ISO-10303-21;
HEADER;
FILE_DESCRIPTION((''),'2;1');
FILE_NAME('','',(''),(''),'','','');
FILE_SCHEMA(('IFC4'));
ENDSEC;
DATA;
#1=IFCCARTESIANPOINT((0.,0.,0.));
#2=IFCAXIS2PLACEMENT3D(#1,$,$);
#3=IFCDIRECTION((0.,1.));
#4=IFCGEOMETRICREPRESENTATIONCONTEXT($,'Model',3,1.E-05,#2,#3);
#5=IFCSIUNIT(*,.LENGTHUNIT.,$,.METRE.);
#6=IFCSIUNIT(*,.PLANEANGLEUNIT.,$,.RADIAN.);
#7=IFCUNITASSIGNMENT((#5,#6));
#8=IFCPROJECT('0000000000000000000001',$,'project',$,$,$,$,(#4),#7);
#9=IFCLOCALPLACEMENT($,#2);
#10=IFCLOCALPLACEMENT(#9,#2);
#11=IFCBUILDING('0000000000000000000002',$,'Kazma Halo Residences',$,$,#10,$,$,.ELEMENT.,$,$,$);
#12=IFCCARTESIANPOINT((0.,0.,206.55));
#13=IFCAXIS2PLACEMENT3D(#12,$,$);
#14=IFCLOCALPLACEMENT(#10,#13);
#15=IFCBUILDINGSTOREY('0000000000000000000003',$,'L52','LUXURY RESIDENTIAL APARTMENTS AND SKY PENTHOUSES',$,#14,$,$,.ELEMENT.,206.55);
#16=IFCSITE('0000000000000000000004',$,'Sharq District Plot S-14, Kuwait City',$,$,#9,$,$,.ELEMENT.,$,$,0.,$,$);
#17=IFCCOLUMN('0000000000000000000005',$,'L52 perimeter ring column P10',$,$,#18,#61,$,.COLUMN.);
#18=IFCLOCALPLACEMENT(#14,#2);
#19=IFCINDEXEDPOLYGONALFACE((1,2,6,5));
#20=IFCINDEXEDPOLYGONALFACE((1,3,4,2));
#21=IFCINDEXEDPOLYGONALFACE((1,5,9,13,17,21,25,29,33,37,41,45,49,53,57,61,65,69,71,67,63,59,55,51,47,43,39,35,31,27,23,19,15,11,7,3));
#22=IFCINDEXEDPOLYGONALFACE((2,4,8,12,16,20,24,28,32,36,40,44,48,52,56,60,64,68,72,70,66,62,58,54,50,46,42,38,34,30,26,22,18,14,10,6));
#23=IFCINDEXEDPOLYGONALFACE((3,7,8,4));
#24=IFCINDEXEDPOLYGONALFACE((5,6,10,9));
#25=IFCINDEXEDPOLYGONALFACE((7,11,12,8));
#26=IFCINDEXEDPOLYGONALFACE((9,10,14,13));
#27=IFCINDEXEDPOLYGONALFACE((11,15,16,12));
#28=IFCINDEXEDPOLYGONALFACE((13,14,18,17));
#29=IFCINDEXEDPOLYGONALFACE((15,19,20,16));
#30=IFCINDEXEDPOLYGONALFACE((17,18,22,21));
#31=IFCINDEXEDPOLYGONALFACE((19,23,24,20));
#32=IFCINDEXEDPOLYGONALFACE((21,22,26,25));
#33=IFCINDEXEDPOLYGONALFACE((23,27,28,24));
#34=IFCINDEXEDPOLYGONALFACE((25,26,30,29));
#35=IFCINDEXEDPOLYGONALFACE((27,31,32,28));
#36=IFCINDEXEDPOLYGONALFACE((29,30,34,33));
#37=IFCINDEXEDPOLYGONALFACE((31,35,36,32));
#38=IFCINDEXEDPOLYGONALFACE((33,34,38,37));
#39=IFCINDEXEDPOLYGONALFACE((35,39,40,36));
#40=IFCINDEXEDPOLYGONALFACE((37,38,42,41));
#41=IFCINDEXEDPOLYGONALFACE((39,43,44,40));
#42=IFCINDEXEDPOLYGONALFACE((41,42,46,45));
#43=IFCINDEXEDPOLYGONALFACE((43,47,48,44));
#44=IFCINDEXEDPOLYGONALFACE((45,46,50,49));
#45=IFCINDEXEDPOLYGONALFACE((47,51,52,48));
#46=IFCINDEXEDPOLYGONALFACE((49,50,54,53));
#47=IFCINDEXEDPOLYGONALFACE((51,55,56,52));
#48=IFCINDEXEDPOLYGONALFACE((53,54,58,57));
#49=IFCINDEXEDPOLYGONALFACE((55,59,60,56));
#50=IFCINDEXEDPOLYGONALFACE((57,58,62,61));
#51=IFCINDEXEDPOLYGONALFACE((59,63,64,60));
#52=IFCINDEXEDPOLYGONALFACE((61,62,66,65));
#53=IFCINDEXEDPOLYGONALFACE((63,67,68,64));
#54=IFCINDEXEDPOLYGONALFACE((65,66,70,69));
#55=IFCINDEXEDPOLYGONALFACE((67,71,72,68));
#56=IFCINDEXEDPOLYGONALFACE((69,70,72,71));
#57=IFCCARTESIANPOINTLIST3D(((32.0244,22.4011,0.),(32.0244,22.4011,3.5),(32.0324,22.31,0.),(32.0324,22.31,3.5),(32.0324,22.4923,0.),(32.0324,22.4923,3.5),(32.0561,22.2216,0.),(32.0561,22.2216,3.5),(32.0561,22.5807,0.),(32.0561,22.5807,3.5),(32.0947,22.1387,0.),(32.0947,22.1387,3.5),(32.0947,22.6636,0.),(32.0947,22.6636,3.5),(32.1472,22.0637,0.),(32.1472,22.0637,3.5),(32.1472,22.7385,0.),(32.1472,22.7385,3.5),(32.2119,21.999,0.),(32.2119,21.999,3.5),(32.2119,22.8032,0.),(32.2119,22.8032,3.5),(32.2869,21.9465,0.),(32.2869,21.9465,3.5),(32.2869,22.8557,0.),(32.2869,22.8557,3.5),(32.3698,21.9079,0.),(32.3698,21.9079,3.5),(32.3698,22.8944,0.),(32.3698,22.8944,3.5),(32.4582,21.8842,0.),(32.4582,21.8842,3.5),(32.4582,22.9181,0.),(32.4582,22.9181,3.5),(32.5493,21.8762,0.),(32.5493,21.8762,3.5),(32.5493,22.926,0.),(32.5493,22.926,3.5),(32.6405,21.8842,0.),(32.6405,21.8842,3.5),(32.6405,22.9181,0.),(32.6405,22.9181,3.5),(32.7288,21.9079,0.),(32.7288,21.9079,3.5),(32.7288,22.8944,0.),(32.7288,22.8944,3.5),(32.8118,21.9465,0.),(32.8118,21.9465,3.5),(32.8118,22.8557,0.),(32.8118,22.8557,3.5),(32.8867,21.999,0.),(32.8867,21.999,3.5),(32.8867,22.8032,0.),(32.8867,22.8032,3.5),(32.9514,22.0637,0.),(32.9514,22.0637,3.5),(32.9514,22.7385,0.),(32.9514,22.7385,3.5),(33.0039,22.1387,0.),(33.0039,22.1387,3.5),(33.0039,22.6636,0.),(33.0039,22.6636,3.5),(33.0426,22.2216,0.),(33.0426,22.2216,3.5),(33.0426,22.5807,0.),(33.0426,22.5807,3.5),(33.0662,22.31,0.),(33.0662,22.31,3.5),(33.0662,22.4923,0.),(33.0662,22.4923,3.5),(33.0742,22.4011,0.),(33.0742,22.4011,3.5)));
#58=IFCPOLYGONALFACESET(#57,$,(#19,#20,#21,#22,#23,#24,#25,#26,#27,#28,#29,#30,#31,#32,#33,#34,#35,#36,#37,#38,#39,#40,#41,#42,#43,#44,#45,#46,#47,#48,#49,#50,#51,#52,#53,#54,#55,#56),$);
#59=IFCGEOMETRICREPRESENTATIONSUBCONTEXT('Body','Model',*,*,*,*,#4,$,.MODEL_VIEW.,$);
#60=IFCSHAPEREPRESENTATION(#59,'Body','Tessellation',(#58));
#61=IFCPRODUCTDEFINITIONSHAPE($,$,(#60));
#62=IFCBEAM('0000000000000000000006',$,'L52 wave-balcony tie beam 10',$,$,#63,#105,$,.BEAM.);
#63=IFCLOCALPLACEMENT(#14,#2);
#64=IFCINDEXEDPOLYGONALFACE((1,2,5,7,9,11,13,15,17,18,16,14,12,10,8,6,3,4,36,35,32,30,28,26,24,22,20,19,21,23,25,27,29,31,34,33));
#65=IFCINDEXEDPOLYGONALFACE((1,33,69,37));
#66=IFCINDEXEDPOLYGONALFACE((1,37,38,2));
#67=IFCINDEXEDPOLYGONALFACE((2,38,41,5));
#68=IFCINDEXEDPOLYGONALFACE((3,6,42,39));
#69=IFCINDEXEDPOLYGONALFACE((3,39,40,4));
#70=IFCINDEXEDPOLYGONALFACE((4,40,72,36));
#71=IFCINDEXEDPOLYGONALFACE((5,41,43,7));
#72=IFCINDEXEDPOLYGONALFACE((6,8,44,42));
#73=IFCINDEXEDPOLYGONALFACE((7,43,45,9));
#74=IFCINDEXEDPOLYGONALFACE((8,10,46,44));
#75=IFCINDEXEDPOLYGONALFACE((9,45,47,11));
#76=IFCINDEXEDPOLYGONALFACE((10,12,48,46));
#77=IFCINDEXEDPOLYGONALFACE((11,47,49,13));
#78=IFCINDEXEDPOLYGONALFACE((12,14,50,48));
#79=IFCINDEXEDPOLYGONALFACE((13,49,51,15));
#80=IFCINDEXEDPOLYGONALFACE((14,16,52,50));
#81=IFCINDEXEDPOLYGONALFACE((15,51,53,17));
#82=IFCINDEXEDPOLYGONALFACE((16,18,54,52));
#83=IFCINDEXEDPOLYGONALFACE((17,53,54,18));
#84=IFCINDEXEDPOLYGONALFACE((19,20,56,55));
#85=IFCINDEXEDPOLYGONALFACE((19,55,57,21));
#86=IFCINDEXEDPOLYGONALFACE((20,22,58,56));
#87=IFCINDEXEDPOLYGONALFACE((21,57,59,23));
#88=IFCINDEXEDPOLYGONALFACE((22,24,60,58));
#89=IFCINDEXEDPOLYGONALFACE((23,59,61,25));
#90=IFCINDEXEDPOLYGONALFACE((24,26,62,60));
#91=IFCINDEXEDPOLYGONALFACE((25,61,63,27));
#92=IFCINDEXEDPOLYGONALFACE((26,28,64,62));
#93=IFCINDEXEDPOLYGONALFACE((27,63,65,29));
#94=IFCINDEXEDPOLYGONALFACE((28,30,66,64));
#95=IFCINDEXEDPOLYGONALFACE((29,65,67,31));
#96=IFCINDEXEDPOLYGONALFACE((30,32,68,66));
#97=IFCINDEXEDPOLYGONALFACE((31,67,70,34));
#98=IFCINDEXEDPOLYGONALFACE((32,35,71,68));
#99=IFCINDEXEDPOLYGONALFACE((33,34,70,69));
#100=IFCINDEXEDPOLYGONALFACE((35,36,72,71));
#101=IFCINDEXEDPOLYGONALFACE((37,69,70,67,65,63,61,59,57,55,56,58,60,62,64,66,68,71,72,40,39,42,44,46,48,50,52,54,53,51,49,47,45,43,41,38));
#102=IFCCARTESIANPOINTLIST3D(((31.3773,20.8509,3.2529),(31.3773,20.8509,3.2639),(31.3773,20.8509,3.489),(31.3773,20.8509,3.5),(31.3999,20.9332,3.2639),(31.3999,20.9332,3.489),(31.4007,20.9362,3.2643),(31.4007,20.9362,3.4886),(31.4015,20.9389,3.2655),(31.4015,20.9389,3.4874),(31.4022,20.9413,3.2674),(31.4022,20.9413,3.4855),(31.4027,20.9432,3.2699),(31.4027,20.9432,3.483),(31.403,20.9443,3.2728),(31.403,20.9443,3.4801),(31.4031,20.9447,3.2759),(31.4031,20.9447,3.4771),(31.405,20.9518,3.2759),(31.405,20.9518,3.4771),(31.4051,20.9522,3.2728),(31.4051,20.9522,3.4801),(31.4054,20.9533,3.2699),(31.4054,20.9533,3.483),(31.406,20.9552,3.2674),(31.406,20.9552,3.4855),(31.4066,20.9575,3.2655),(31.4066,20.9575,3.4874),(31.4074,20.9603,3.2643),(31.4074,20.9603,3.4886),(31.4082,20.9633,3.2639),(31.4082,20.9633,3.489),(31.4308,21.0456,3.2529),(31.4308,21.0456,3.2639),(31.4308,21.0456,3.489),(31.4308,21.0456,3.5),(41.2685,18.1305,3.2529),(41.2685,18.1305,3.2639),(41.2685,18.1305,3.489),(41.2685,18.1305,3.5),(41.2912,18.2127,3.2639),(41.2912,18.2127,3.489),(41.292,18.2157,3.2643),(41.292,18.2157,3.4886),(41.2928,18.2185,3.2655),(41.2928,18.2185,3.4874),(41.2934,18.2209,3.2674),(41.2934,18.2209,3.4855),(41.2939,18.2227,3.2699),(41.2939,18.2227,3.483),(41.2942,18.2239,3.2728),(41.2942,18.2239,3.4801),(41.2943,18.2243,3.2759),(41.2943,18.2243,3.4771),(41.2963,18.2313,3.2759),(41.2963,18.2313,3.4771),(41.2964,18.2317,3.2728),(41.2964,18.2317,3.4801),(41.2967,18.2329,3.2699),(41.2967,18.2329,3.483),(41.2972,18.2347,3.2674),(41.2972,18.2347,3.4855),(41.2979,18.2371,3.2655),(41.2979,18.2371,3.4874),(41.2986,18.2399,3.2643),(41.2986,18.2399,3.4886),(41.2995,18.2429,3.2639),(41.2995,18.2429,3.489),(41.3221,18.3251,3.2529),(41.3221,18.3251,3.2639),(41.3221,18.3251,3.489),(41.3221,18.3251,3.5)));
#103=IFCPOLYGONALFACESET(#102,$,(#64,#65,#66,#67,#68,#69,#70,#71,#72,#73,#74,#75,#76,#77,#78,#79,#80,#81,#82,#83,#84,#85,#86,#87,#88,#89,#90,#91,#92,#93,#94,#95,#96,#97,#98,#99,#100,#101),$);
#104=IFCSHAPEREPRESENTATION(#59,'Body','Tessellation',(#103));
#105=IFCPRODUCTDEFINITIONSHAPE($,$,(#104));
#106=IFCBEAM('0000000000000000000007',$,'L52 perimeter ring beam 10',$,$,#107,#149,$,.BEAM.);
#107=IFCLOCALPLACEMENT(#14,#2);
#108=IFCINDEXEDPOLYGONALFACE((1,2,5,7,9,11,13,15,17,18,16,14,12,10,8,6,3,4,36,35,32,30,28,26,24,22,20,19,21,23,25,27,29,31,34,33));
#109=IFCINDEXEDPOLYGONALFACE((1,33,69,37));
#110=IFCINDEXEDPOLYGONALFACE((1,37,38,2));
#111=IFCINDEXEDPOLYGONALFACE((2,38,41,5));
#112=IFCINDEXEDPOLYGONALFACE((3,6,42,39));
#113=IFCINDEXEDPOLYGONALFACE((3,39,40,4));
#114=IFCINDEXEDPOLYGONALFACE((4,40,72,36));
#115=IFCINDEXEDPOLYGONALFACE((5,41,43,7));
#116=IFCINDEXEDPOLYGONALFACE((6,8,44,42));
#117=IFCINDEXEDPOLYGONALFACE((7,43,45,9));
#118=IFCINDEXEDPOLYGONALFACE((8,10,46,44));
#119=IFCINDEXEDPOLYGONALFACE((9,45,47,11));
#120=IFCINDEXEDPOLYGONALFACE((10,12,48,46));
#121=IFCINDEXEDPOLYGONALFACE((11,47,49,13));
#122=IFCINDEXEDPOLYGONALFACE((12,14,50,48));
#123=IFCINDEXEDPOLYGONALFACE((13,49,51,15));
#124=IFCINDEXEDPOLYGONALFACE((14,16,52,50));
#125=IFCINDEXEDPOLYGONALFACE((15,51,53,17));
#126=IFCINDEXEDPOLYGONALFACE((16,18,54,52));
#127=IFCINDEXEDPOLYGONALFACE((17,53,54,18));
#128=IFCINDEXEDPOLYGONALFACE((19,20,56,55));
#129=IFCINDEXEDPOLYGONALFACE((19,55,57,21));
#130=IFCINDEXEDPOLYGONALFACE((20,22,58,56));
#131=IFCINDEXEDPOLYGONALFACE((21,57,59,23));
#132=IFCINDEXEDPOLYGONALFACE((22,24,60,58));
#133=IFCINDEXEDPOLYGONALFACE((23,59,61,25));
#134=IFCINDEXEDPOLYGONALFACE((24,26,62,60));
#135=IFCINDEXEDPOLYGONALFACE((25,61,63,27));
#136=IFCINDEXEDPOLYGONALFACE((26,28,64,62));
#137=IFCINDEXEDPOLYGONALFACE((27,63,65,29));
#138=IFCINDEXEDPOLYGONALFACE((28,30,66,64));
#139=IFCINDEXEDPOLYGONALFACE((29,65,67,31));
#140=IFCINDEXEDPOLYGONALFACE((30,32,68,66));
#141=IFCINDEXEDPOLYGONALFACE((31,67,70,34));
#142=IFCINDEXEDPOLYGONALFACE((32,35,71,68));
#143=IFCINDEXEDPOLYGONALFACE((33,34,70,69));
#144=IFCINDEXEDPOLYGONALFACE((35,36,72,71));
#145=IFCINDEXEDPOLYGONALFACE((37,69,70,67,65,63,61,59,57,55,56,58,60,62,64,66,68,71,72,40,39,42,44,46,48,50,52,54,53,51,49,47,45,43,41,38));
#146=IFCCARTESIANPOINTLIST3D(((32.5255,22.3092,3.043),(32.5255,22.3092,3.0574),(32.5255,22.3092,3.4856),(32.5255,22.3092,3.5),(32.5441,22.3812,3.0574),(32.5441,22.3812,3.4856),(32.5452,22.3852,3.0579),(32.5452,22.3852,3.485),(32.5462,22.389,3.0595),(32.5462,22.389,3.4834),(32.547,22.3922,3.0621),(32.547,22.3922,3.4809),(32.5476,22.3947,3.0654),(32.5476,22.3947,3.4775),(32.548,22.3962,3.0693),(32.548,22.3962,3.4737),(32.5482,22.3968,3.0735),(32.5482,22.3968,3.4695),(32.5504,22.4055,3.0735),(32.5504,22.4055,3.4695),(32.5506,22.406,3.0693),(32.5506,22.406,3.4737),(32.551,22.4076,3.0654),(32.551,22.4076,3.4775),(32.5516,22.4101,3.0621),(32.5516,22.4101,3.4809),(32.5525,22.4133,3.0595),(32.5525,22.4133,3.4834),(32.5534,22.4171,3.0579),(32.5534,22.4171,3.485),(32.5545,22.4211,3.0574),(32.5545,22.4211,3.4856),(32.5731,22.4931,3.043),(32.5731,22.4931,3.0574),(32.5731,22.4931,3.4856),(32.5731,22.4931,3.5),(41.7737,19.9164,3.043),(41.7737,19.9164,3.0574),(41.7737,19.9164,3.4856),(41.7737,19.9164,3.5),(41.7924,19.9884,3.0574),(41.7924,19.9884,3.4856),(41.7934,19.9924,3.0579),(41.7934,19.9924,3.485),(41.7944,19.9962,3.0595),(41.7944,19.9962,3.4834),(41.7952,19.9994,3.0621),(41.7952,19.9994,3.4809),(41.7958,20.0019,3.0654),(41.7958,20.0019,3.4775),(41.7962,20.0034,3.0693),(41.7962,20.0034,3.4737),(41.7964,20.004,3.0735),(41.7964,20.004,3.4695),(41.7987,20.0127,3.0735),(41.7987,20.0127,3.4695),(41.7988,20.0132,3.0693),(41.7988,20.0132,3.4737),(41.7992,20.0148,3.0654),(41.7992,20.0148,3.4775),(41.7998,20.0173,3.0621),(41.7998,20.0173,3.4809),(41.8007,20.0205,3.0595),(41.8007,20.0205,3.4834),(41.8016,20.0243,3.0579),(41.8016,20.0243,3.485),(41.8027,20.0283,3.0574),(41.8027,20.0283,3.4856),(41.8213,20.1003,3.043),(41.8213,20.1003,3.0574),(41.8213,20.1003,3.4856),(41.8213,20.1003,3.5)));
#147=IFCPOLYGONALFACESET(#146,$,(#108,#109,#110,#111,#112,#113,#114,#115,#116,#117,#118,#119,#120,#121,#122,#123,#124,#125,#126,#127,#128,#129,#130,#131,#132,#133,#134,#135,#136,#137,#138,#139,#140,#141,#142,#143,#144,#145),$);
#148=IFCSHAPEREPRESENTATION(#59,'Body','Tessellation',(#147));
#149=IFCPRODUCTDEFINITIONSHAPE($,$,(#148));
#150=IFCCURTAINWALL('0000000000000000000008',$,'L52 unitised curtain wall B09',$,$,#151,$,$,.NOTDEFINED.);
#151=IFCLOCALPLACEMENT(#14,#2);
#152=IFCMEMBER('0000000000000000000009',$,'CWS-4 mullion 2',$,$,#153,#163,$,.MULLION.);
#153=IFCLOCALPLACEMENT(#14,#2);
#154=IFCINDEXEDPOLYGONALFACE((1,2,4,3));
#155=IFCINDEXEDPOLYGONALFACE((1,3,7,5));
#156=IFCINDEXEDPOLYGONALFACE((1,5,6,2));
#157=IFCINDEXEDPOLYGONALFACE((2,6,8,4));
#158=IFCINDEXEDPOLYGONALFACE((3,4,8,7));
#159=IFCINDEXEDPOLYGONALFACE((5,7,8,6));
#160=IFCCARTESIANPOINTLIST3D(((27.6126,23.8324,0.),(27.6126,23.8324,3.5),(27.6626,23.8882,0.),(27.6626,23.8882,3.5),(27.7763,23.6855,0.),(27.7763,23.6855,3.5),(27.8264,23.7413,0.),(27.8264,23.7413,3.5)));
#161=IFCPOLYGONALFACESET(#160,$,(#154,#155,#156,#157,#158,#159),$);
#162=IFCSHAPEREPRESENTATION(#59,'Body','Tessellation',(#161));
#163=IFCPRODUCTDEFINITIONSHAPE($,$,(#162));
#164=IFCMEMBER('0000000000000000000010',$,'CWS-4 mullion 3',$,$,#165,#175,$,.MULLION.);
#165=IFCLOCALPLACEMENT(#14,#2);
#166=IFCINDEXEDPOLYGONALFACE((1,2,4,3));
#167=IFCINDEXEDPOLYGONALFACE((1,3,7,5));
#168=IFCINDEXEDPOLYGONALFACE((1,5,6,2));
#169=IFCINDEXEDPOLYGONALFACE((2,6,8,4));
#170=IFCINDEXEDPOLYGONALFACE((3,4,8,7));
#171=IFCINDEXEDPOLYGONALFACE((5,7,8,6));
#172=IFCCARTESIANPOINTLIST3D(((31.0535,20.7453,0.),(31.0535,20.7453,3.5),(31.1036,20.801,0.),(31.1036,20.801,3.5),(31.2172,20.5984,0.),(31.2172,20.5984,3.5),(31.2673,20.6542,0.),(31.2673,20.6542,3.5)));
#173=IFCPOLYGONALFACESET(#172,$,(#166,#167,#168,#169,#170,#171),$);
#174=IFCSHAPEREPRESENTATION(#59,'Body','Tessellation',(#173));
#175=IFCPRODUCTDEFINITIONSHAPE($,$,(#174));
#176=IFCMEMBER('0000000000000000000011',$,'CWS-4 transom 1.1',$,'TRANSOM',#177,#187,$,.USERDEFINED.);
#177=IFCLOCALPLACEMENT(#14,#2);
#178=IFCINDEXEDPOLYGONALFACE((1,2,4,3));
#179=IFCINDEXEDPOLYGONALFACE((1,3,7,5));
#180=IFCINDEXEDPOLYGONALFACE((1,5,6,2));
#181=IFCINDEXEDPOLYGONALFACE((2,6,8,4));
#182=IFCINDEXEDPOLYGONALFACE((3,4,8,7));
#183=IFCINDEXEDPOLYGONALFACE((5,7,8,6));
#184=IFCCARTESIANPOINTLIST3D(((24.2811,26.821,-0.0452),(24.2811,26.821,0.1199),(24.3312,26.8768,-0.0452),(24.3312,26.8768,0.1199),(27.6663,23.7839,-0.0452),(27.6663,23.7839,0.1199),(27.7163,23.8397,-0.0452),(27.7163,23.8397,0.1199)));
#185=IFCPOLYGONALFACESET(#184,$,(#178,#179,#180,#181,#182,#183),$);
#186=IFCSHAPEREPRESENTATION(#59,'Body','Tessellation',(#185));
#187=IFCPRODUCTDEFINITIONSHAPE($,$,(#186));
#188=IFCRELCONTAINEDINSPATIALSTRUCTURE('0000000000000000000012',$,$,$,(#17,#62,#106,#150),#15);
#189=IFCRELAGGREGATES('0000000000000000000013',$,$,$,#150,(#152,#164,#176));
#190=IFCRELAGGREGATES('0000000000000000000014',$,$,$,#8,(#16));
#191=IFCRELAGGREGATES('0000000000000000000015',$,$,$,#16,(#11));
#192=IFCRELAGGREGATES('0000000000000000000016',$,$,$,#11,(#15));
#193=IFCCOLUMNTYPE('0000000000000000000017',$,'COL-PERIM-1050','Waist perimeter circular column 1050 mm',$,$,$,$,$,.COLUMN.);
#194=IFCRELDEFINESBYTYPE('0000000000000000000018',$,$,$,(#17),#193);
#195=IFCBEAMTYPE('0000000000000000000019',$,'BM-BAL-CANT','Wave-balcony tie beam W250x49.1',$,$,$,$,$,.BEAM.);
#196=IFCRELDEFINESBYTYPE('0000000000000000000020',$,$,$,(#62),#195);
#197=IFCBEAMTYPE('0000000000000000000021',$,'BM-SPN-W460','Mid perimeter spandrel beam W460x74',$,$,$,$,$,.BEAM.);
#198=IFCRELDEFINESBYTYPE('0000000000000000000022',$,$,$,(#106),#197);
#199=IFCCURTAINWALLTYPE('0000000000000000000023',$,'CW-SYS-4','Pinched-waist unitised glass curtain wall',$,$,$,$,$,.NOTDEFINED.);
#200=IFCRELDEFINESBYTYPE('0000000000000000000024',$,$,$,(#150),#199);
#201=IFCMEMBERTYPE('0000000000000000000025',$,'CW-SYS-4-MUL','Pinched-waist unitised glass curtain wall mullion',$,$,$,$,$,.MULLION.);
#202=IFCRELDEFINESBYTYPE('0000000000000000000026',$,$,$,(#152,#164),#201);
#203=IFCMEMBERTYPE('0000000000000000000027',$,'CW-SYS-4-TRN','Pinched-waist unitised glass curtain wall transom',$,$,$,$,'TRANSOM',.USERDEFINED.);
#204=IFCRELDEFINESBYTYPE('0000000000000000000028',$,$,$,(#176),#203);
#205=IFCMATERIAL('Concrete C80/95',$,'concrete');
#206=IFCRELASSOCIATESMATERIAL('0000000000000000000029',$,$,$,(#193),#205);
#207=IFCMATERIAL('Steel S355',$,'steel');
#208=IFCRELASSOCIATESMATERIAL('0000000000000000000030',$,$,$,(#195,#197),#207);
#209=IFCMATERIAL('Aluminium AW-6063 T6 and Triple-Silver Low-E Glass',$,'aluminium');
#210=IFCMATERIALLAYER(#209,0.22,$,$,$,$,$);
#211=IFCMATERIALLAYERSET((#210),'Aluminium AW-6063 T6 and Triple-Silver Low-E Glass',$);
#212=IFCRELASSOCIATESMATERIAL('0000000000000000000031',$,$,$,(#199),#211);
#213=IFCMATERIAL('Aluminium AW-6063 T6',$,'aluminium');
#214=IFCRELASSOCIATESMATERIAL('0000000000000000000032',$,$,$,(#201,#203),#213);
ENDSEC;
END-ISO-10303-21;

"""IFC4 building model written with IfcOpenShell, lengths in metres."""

from ifc_helpers import new_model, si_unit, direction, frame, origin, origin_2d, place, context, subcontext, project, spatial, rectangle, circle, i_section, extrude, material, layer, layer_set, material_profile, profile_set, type_object, element, aggregate, save


model = new_model("IFC4")

# Units and contexts
model_context = context("Model", 3, precision=1e-05, world=origin(), true_north=direction((0.0, 1.0)))
body_context = subcontext(model_context, "Body", "Model", "MODEL_VIEW")
ifc_project = project(units=[si_unit("LENGTHUNIT", "METRE"), si_unit("PLANEANGLEUNIT", "RADIAN")], contexts=[model_context])

# Site, building, storey
site_placement = place(None, origin())
site = spatial("IfcSite", under=ifc_project, at=site_placement, Name="Sharq District Plot S-14, Kuwait City", CompositionType="ELEMENT", RefElevation=0.0)
building_placement = place(site_placement, origin())
building = spatial("IfcBuilding", under=site, at=building_placement, Name="Kazma Halo Residences", CompositionType="ELEMENT")
storey_placement = place(building_placement, frame((0.0, 0.0, 206.55)))
storey = spatial("IfcBuildingStorey", under=building, at=storey_placement, Name="L52", Description="LUXURY RESIDENTIAL APARTMENTS AND SKY PENTHOUSES", CompositionType="ELEMENT", Elevation=206.55)

# Column
ifc_material_1 = material(Name="Concrete C80/95", Category="concrete")
ifc_material_profile_1 = material_profile(ifc_material_1, circle(Radius=0.5249, at=origin_2d()), Name="CIRC1050")
ifc_profile_set_1 = profile_set([ifc_material_profile_1], Name="Concrete C80/95")
column_type = type_object("IfcColumnType", Name="COL-PERIM-1050", Description="Waist perimeter circular column 1050 mm", PredefinedType="COLUMN", material=ifc_profile_set_1)
column_placement = place(storey_placement, frame((32.5493, 22.4011, 0.0), z_axis=(0.0, 0.0, 1.0), x_axis=(1.0, 0.0, 0.0)))
element("IfcColumn", 1, at=column_placement, inside=storey, type_object=column_type, Name="L52 perimeter ring column P10", PredefinedType="COLUMN", context=body_context, shape_type="SweptSolid", body=[
    extrude(circle(Radius=0.5249, at=origin_2d()), origin(), (0.0, 0.0, 1.0), 3.5),
])

# Beams
ifc_material_2 = material(Name="Steel S355", Category="steel")
ifc_material_profile_2 = material_profile(ifc_material_2, i_section(OverallWidth=0.2019, OverallDepth=0.2471, WebThickness=0.0073, FlangeThickness=0.011, FilletRadius=0.012, at=origin_2d()), Name="W250x49.1")
ifc_profile_set_2 = profile_set([ifc_material_profile_2], Name="Steel S355")
beam_type_1 = type_object("IfcBeamType", Name="BM-BAL-CANT", Description="Wave-balcony tie beam W250x49.1", PredefinedType="BEAM", material=ifc_profile_set_2)
beam_1_placement = place(storey_placement, frame((31.4041, 20.9482, 3.3765), z_axis=(0.964197, -0.265187, 0.0), x_axis=(0.265187, 0.964197, 0.0)))
element("IfcBeam", 2, at=beam_1_placement, inside=storey, type_object=beam_type_1, Name="L52 wave-balcony tie beam 10", PredefinedType="BEAM", context=body_context, shape_type="SweptSolid", body=[
    extrude(i_section(OverallWidth=0.2019, OverallDepth=0.2471, WebThickness=0.0073, FlangeThickness=0.011, FilletRadius=0.012, at=origin_2d()), origin(), (0.0, 0.0, 1.0), 10.2585),
])
ifc_material_profile_3 = material_profile(ifc_material_2, i_section(OverallWidth=0.1899, OverallDepth=0.457, WebThickness=0.009, FlangeThickness=0.0144, FilletRadius=0.0161, at=origin_2d()), Name="W460x74")
ifc_profile_set_3 = profile_set([ifc_material_profile_3], Name="Steel S355")
beam_type_2 = type_object("IfcBeamType", Name="BM-SPN-W460", Description="Mid perimeter spandrel beam W460x74", PredefinedType="BEAM", material=ifc_profile_set_3)
beam_2_placement = place(storey_placement, frame((32.5493, 22.4011, 3.2715), z_axis=(0.968121, -0.250483, 0.0), x_axis=(0.250483, 0.968121, 0.0)))
element("IfcBeam", 3, at=beam_2_placement, inside=storey, type_object=beam_type_2, Name="L52 perimeter ring beam 10", PredefinedType="BEAM", context=body_context, shape_type="SweptSolid", body=[
    extrude(i_section(OverallWidth=0.1899, OverallDepth=0.457, WebThickness=0.009, FlangeThickness=0.0144, FilletRadius=0.0161, at=origin_2d()), origin(), (0.0, 0.0, 1.0), 9.5527),
])

# Curtain wall, members
ifc_material_3 = material(Name="Aluminium AW-6063 T6 and Triple-Silver Low-E Glass", Category="aluminium")
ifc_layer_1 = layer(ifc_material_3, 0.22)
ifc_layer_set_1 = layer_set([ifc_layer_1], Name="Aluminium AW-6063 T6 and Triple-Silver Low-E Glass")
curtain_wall_type = type_object("IfcCurtainWallType", Name="CW-SYS-4", Description="Pinched-waist unitised glass curtain wall", PredefinedType="NOTDEFINED", material=ifc_layer_set_1)
curtain_wall_placement = place(storey_placement, origin())
curtain_wall = element("IfcCurtainWall", 4, at=curtain_wall_placement, inside=storey, type_object=curtain_wall_type, Name="L52 unitised curtain wall B09", PredefinedType="NOTDEFINED")
ifc_material_4 = material(Name="Aluminium AW-6063 T6", Category="aluminium")
ifc_material_profile_4 = material_profile(ifc_material_4, rectangle(XDim=0.075, YDim=0.22, at=origin_2d()), Name="CWM-75x220")
ifc_profile_set_4 = profile_set([ifc_material_profile_4], Name="Aluminium AW-6063 T6")
member_type_1 = type_object("IfcMemberType", Name="CW-SYS-4-MUL", Description="Pinched-waist unitised glass curtain wall mullion", PredefinedType="MULLION", material=ifc_profile_set_4)
member_1_placement = place(storey_placement, frame((27.7195, 23.7869, 0.0), z_axis=(0.0, 0.0, 1.0), x_axis=(0.667784, 0.744355, 0.0)))
member_1 = element("IfcMember", 5, at=member_1_placement, type_object=member_type_1, Name="CWS-4 mullion 2", PredefinedType="MULLION", context=body_context, shape_type="SweptSolid", body=[
    extrude(rectangle(XDim=0.075, YDim=0.22, at=origin_2d()), origin(), (0.0, 0.0, 1.0), 3.5),
])
member_2_placement = place(storey_placement, frame((31.1604, 20.6997, 0.0), z_axis=(0.0, 0.0, 1.0), x_axis=(0.667784, 0.744355, 0.0)))
member_2 = element("IfcMember", 6, at=member_2_placement, type_object=member_type_1, Name="CWS-4 mullion 3", PredefinedType="MULLION", context=body_context, shape_type="SweptSolid", body=[
    extrude(rectangle(XDim=0.075, YDim=0.22, at=origin_2d()), origin(), (0.0, 0.0, 1.0), 3.5),
])
ifc_material_profile_5 = material_profile(ifc_material_4, rectangle(XDim=0.075, YDim=0.165, at=origin_2d()), Name="CWT-75x165")
ifc_profile_set_5 = profile_set([ifc_material_profile_5], Name="Aluminium AW-6063 T6")
member_type_2 = type_object("IfcMemberType", Name="CW-SYS-4-TRN", Description="Pinched-waist unitised glass curtain wall transom", ElementType="TRANSOM", PredefinedType="USERDEFINED", material=ifc_profile_set_5)
member_3_placement = place(storey_placement, frame((24.3062, 26.8489, 0.0374), z_axis=(0.744345, -0.667795, 0.0), x_axis=(0.667795, 0.744345, 0.0)))
member_3 = element("IfcMember", 7, at=member_3_placement, type_object=member_type_2, Name="CWS-4 transom 1.1", ObjectType="TRANSOM", PredefinedType="USERDEFINED", context=body_context, shape_type="SweptSolid", body=[
    extrude(rectangle(XDim=0.075, YDim=0.165, at=origin_2d()), origin(), (0.0, 0.0, 1.0), 4.5479),
])
aggregate(curtain_wall, [member_1, member_2, member_3])

save(model, "model.ifc")
